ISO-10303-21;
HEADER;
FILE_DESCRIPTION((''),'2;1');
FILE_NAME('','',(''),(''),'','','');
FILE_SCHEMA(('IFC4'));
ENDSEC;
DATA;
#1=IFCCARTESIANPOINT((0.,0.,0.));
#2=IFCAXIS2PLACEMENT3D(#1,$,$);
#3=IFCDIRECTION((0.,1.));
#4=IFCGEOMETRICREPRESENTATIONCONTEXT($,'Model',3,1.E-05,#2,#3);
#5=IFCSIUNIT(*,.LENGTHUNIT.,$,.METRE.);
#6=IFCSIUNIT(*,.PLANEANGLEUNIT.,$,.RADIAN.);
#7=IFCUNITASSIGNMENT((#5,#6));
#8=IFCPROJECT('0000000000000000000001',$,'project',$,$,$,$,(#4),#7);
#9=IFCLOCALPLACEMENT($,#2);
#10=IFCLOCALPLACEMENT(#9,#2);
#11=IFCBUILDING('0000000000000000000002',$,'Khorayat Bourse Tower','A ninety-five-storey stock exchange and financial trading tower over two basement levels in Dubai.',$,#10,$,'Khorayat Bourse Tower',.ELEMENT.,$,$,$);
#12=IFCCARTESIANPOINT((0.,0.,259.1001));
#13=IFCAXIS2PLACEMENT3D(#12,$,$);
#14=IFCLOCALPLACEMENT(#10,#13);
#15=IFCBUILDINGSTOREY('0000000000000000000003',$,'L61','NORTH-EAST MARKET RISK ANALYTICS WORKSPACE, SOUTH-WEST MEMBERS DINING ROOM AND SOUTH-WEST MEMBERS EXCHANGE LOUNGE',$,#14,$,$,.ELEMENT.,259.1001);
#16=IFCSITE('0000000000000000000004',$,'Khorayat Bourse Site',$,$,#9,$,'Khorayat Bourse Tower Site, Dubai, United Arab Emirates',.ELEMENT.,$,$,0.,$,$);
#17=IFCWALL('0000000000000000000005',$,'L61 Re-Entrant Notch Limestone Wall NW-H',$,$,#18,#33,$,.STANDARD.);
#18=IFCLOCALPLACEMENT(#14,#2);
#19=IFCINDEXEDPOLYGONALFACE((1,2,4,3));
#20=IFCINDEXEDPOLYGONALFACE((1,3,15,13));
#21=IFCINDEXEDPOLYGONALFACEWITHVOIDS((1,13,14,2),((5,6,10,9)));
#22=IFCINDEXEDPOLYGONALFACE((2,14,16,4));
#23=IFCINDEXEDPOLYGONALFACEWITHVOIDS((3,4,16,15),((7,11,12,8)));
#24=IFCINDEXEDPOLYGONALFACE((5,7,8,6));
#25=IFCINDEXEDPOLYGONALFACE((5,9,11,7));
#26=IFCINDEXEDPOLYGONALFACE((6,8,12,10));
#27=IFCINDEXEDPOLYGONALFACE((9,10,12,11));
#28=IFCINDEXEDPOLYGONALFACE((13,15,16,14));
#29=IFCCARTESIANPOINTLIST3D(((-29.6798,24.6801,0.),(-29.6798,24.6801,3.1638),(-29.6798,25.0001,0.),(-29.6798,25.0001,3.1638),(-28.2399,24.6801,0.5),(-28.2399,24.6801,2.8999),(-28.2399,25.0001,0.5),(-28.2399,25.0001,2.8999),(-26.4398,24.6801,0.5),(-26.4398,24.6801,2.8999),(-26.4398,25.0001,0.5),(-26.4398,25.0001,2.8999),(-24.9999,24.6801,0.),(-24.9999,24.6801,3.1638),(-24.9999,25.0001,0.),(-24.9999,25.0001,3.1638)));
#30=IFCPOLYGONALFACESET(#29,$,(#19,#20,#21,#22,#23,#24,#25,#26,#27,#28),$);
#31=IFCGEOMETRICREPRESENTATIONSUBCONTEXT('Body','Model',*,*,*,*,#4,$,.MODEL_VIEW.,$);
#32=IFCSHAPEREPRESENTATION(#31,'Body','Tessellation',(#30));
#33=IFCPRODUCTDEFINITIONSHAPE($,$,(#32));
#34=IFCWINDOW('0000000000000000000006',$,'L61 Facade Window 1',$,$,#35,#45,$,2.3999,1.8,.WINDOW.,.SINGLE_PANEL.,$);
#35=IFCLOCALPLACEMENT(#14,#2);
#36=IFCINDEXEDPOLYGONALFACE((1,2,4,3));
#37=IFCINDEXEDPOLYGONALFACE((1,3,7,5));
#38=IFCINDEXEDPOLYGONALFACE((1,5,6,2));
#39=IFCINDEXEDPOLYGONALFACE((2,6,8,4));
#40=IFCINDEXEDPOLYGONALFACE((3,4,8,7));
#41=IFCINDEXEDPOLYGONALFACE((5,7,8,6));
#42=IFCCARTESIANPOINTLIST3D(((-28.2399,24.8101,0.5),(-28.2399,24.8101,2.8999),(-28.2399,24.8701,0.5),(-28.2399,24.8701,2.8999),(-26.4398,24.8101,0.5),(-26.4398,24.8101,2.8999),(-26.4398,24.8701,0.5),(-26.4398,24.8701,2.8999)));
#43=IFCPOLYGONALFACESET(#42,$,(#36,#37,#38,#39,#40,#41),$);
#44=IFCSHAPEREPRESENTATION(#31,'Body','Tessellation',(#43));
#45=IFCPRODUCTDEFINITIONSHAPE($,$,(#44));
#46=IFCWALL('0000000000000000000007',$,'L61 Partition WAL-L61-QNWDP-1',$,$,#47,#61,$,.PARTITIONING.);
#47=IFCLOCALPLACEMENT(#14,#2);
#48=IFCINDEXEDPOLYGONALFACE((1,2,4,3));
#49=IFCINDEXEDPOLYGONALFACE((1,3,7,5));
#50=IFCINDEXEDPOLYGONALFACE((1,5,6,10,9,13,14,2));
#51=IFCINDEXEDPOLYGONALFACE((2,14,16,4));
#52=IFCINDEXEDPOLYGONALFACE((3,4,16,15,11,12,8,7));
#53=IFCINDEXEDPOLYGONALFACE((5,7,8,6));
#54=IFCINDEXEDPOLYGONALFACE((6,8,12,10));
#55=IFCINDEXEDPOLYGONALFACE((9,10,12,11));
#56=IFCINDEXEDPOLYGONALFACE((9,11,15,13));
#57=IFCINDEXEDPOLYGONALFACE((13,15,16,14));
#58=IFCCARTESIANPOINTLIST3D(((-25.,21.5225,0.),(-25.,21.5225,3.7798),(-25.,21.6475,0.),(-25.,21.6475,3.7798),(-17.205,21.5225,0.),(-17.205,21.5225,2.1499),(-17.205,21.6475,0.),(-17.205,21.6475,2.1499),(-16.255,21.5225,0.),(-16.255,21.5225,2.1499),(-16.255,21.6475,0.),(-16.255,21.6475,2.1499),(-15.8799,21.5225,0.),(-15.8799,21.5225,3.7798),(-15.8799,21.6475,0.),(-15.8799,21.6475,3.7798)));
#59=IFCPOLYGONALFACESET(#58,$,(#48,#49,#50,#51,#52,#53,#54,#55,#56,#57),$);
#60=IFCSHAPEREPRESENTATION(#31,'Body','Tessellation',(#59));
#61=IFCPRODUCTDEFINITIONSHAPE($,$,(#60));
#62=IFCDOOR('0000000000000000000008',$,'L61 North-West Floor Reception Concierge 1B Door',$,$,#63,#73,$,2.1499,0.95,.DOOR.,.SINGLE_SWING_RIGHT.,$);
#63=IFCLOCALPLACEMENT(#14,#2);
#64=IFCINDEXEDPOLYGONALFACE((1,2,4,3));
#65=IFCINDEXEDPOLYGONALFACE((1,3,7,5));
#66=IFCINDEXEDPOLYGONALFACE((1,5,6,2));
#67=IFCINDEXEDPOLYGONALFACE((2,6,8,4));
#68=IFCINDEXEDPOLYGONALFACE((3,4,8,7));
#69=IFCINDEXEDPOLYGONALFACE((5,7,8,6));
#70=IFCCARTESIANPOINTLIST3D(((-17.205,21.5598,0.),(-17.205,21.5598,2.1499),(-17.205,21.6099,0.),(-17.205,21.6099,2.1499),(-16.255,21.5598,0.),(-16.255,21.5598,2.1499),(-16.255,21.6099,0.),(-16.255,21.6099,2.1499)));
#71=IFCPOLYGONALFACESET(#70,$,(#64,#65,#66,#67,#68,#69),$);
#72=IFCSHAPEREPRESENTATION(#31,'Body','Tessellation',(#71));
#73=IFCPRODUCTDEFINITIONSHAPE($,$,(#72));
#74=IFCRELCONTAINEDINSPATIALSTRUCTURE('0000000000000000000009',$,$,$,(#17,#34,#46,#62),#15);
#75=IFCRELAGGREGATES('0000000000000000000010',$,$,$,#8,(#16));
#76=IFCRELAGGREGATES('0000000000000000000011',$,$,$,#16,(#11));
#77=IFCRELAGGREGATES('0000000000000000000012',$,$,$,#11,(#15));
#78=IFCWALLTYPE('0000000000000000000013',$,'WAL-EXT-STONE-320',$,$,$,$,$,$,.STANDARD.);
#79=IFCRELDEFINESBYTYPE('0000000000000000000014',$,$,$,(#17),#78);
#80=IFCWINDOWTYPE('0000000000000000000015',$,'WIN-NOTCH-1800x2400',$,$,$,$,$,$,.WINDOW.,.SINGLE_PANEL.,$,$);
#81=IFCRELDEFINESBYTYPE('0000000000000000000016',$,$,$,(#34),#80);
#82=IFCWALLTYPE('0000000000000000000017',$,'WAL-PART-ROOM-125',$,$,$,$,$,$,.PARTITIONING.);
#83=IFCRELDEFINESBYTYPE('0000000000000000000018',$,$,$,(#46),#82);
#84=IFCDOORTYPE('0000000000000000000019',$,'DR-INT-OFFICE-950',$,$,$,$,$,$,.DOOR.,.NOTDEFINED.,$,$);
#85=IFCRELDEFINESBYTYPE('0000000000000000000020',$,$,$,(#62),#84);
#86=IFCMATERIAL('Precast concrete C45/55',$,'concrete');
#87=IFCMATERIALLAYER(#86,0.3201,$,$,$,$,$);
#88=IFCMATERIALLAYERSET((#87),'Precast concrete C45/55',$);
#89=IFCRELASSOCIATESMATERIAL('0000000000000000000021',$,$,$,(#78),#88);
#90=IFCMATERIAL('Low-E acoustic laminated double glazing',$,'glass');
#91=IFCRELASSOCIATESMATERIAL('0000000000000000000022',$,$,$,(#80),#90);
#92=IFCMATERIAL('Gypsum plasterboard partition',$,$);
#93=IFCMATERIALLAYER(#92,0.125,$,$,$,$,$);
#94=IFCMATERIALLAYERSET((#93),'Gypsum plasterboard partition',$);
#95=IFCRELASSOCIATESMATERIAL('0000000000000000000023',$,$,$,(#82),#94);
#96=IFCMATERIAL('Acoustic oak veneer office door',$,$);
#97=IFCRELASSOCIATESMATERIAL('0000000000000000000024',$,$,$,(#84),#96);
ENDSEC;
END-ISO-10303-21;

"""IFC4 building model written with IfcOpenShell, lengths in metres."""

from ifc_helpers import new_model, si_unit, direction, frame, frame_2d, origin, place, context, subcontext, project, spatial, rectangle, extrude, source, transform, mapped, material, layer, layer_set, type_object, element, fill, save


model = new_model("IFC4")

# Units and contexts
model_context = context("Model", 3, precision=1e-05, world=origin(), true_north=direction((0.0, 1.0)))
body_context = subcontext(model_context, "Body", "Model", "MODEL_VIEW")
ifc_project = project(units=[si_unit("LENGTHUNIT", "METRE"), si_unit("PLANEANGLEUNIT", "RADIAN")], contexts=[model_context])

# Site, building, storey
site_placement = place(None, origin())
site = spatial("IfcSite", under=ifc_project, at=site_placement, Name="Khorayat Bourse Site", LongName="Khorayat Bourse Tower Site, Dubai, United Arab Emirates", CompositionType="ELEMENT", RefElevation=0.0)
building_placement = place(site_placement, origin())
building = spatial("IfcBuilding", under=site, at=building_placement, Name="Khorayat Bourse Tower", Description="A ninety-five-storey stock exchange and financial trading tower over two basement levels in Dubai.", LongName="Khorayat Bourse Tower", CompositionType="ELEMENT")
storey_placement = place(building_placement, frame((0.0, 0.0, 259.1001)))
storey = spatial("IfcBuildingStorey", under=building, at=storey_placement, Name="L61", Description="NORTH-EAST MARKET RISK ANALYTICS WORKSPACE, SOUTH-WEST MEMBERS DINING ROOM AND SOUTH-WEST MEMBERS EXCHANGE LOUNGE", CompositionType="ELEMENT", Elevation=259.1001)

# Wall, opening, window
ifc_material_1 = material(Name="Precast concrete C45/55", Category="concrete")
ifc_layer_1 = layer(ifc_material_1, 0.3201)
ifc_layer_set_1 = layer_set([ifc_layer_1], Name="Precast concrete C45/55")
wall_type_1 = type_object("IfcWallType", Name="WAL-EXT-STONE-320", PredefinedType="STANDARD", material=ifc_layer_set_1)
shared_shape_1 = source(origin(), body_context, "Body", "SweptSolid", [
    extrude(rectangle(XDim=4.6799, YDim=0.3201, at=frame_2d((2.3398, 0.0))), origin(), (0.0, 0.0, 1.0), 3.1638),
])
shared_shape_2 = source(origin(), body_context, "Body", "SweptSolid", [
    extrude(rectangle(XDim=1.8, YDim=2.3999, at=frame_2d((0.8999, 1.2))), frame((0.0, 0.1699, 0.0), z_axis=(0.0, -1.0, 0.0), x_axis=(1.0, 0.0, 0.0)), (0.0, 0.0, 1.0), 0.3401),
])
ifc_material_2 = material(Name="Low-E acoustic laminated double glazing", Category="glass")
window_type = type_object("IfcWindowType", Name="WIN-NOTCH-1800x2400", PartitioningType="SINGLE_PANEL", PredefinedType="WINDOW", material=ifc_material_2)
shared_shape_3 = source(origin(), body_context, "Body", "SweptSolid", [
    extrude(rectangle(XDim=1.8, YDim=2.3999, at=frame_2d((0.8999, 1.2))), frame((0.0, 0.03, 0.0), z_axis=(0.0, -1.0, 0.0), x_axis=(1.0, 0.0, 0.0)), (0.0, 0.0, 1.0), 0.0601),
])
wall_1_placement = place(storey_placement, frame((-25.0, 24.8401, 0.0), z_axis=(0.0, 0.0, 1.0), x_axis=(-1.0, 0.0, 0.0)))
wall_1 = element("IfcWall", 1, at=wall_1_placement, inside=storey, type_object=wall_type_1, Name="L61 Re-Entrant Notch Limestone Wall NW-H", PredefinedType="STANDARD", context=body_context, shape_type="MappedRepresentation", body=[
    mapped(shared_shape_1, transform((0.0, 0.0, 0.0), scale=1.0)),
])
opening_1_placement = place(wall_1_placement, frame((1.4399, 0.0, 0.5)))
opening_1 = element("IfcOpeningElement", 2, at=opening_1_placement, cuts=wall_1, PredefinedType="OPENING", context=body_context, shape_type="MappedRepresentation", body=[
    mapped(shared_shape_2, transform((0.0, 0.0, 0.0), scale=1.0)),
])
window_1_placement = place(opening_1_placement, origin())
window_1 = element("IfcWindow", 3, at=window_1_placement, inside=storey, type_object=window_type, Name="L61 Facade Window 1", OverallHeight=2.3999, OverallWidth=1.8, PartitioningType="SINGLE_PANEL", PredefinedType="WINDOW", context=body_context, shape_type="MappedRepresentation", body=[
    mapped(shared_shape_3, transform((0.0, 0.0, 0.0), scale=1.0)),
])
fill(opening_1, window_1)

# Wall, opening, door
ifc_material_3 = material(Name="Gypsum plasterboard partition")
ifc_layer_2 = layer(ifc_material_3, 0.125)
ifc_layer_set_2 = layer_set([ifc_layer_2], Name="Gypsum plasterboard partition")
wall_type_2 = type_object("IfcWallType", Name="WAL-PART-ROOM-125", PredefinedType="PARTITIONING", material=ifc_layer_set_2)
shared_shape_4 = source(origin(), body_context, "Body", "SweptSolid", [
    extrude(rectangle(XDim=9.1201, YDim=0.125, at=frame_2d((4.5601, 0.0))), origin(), (0.0, 0.0, 1.0), 3.7798),
])
wall_2_placement = place(storey_placement, frame((-25.0, 21.585, 0.0), z_axis=(0.0, 0.0, 1.0), x_axis=(1.0, 0.0, 0.0)))
wall_2 = element("IfcWall", 4, at=wall_2_placement, inside=storey, type_object=wall_type_2, Name="L61 Partition WAL-L61-QNWDP-1", PredefinedType="PARTITIONING", context=body_context, shape_type="MappedRepresentation", body=[
    mapped(shared_shape_4, transform((0.0, 0.0, 0.0), scale=1.0)),
])
shared_shape_5 = source(origin(), body_context, "Body", "SweptSolid", [
    extrude(rectangle(XDim=0.95, YDim=2.1499, at=frame_2d((0.4751, 1.075))), frame((0.0, 0.0725, 0.0), z_axis=(0.0, -1.0, 0.0), x_axis=(1.0, 0.0, 0.0)), (0.0, 0.0, 1.0), 0.145),
])
opening_2_placement = place(wall_2_placement, frame((7.7949, 0.0, 0.0)))
opening_2 = element("IfcOpeningElement", 5, at=opening_2_placement, cuts=wall_2, PredefinedType="OPENING", context=body_context, shape_type="MappedRepresentation", body=[
    mapped(shared_shape_5, transform((0.0, 0.0, 0.0), scale=1.0)),
])
ifc_material_4 = material(Name="Acoustic oak veneer office door")
door_type = type_object("IfcDoorType", Name="DR-INT-OFFICE-950", OperationType="NOTDEFINED", PredefinedType="DOOR", material=ifc_material_4)
shared_shape_6 = source(origin(), body_context, "Body", "SweptSolid", [
    extrude(rectangle(XDim=0.95, YDim=2.1499, at=frame_2d((0.4751, 1.075))), frame((0.0, 0.0249, 0.0), z_axis=(0.0, -1.0, 0.0), x_axis=(1.0, 0.0, 0.0)), (0.0, 0.0, 1.0), 0.05),
])
door_placement = place(opening_2_placement, origin())
door = element("IfcDoor", 6, at=door_placement, inside=storey, type_object=door_type, Name="L61 North-West Floor Reception Concierge 1B Door", OperationType="SINGLE_SWING_RIGHT", OverallHeight=2.1499, OverallWidth=0.95, PredefinedType="DOOR", context=body_context, shape_type="MappedRepresentation", body=[
    mapped(shared_shape_6, transform((0.0, 0.0, 0.0), scale=1.0)),
])
fill(opening_2, door)

save(model, "model.ifc")
